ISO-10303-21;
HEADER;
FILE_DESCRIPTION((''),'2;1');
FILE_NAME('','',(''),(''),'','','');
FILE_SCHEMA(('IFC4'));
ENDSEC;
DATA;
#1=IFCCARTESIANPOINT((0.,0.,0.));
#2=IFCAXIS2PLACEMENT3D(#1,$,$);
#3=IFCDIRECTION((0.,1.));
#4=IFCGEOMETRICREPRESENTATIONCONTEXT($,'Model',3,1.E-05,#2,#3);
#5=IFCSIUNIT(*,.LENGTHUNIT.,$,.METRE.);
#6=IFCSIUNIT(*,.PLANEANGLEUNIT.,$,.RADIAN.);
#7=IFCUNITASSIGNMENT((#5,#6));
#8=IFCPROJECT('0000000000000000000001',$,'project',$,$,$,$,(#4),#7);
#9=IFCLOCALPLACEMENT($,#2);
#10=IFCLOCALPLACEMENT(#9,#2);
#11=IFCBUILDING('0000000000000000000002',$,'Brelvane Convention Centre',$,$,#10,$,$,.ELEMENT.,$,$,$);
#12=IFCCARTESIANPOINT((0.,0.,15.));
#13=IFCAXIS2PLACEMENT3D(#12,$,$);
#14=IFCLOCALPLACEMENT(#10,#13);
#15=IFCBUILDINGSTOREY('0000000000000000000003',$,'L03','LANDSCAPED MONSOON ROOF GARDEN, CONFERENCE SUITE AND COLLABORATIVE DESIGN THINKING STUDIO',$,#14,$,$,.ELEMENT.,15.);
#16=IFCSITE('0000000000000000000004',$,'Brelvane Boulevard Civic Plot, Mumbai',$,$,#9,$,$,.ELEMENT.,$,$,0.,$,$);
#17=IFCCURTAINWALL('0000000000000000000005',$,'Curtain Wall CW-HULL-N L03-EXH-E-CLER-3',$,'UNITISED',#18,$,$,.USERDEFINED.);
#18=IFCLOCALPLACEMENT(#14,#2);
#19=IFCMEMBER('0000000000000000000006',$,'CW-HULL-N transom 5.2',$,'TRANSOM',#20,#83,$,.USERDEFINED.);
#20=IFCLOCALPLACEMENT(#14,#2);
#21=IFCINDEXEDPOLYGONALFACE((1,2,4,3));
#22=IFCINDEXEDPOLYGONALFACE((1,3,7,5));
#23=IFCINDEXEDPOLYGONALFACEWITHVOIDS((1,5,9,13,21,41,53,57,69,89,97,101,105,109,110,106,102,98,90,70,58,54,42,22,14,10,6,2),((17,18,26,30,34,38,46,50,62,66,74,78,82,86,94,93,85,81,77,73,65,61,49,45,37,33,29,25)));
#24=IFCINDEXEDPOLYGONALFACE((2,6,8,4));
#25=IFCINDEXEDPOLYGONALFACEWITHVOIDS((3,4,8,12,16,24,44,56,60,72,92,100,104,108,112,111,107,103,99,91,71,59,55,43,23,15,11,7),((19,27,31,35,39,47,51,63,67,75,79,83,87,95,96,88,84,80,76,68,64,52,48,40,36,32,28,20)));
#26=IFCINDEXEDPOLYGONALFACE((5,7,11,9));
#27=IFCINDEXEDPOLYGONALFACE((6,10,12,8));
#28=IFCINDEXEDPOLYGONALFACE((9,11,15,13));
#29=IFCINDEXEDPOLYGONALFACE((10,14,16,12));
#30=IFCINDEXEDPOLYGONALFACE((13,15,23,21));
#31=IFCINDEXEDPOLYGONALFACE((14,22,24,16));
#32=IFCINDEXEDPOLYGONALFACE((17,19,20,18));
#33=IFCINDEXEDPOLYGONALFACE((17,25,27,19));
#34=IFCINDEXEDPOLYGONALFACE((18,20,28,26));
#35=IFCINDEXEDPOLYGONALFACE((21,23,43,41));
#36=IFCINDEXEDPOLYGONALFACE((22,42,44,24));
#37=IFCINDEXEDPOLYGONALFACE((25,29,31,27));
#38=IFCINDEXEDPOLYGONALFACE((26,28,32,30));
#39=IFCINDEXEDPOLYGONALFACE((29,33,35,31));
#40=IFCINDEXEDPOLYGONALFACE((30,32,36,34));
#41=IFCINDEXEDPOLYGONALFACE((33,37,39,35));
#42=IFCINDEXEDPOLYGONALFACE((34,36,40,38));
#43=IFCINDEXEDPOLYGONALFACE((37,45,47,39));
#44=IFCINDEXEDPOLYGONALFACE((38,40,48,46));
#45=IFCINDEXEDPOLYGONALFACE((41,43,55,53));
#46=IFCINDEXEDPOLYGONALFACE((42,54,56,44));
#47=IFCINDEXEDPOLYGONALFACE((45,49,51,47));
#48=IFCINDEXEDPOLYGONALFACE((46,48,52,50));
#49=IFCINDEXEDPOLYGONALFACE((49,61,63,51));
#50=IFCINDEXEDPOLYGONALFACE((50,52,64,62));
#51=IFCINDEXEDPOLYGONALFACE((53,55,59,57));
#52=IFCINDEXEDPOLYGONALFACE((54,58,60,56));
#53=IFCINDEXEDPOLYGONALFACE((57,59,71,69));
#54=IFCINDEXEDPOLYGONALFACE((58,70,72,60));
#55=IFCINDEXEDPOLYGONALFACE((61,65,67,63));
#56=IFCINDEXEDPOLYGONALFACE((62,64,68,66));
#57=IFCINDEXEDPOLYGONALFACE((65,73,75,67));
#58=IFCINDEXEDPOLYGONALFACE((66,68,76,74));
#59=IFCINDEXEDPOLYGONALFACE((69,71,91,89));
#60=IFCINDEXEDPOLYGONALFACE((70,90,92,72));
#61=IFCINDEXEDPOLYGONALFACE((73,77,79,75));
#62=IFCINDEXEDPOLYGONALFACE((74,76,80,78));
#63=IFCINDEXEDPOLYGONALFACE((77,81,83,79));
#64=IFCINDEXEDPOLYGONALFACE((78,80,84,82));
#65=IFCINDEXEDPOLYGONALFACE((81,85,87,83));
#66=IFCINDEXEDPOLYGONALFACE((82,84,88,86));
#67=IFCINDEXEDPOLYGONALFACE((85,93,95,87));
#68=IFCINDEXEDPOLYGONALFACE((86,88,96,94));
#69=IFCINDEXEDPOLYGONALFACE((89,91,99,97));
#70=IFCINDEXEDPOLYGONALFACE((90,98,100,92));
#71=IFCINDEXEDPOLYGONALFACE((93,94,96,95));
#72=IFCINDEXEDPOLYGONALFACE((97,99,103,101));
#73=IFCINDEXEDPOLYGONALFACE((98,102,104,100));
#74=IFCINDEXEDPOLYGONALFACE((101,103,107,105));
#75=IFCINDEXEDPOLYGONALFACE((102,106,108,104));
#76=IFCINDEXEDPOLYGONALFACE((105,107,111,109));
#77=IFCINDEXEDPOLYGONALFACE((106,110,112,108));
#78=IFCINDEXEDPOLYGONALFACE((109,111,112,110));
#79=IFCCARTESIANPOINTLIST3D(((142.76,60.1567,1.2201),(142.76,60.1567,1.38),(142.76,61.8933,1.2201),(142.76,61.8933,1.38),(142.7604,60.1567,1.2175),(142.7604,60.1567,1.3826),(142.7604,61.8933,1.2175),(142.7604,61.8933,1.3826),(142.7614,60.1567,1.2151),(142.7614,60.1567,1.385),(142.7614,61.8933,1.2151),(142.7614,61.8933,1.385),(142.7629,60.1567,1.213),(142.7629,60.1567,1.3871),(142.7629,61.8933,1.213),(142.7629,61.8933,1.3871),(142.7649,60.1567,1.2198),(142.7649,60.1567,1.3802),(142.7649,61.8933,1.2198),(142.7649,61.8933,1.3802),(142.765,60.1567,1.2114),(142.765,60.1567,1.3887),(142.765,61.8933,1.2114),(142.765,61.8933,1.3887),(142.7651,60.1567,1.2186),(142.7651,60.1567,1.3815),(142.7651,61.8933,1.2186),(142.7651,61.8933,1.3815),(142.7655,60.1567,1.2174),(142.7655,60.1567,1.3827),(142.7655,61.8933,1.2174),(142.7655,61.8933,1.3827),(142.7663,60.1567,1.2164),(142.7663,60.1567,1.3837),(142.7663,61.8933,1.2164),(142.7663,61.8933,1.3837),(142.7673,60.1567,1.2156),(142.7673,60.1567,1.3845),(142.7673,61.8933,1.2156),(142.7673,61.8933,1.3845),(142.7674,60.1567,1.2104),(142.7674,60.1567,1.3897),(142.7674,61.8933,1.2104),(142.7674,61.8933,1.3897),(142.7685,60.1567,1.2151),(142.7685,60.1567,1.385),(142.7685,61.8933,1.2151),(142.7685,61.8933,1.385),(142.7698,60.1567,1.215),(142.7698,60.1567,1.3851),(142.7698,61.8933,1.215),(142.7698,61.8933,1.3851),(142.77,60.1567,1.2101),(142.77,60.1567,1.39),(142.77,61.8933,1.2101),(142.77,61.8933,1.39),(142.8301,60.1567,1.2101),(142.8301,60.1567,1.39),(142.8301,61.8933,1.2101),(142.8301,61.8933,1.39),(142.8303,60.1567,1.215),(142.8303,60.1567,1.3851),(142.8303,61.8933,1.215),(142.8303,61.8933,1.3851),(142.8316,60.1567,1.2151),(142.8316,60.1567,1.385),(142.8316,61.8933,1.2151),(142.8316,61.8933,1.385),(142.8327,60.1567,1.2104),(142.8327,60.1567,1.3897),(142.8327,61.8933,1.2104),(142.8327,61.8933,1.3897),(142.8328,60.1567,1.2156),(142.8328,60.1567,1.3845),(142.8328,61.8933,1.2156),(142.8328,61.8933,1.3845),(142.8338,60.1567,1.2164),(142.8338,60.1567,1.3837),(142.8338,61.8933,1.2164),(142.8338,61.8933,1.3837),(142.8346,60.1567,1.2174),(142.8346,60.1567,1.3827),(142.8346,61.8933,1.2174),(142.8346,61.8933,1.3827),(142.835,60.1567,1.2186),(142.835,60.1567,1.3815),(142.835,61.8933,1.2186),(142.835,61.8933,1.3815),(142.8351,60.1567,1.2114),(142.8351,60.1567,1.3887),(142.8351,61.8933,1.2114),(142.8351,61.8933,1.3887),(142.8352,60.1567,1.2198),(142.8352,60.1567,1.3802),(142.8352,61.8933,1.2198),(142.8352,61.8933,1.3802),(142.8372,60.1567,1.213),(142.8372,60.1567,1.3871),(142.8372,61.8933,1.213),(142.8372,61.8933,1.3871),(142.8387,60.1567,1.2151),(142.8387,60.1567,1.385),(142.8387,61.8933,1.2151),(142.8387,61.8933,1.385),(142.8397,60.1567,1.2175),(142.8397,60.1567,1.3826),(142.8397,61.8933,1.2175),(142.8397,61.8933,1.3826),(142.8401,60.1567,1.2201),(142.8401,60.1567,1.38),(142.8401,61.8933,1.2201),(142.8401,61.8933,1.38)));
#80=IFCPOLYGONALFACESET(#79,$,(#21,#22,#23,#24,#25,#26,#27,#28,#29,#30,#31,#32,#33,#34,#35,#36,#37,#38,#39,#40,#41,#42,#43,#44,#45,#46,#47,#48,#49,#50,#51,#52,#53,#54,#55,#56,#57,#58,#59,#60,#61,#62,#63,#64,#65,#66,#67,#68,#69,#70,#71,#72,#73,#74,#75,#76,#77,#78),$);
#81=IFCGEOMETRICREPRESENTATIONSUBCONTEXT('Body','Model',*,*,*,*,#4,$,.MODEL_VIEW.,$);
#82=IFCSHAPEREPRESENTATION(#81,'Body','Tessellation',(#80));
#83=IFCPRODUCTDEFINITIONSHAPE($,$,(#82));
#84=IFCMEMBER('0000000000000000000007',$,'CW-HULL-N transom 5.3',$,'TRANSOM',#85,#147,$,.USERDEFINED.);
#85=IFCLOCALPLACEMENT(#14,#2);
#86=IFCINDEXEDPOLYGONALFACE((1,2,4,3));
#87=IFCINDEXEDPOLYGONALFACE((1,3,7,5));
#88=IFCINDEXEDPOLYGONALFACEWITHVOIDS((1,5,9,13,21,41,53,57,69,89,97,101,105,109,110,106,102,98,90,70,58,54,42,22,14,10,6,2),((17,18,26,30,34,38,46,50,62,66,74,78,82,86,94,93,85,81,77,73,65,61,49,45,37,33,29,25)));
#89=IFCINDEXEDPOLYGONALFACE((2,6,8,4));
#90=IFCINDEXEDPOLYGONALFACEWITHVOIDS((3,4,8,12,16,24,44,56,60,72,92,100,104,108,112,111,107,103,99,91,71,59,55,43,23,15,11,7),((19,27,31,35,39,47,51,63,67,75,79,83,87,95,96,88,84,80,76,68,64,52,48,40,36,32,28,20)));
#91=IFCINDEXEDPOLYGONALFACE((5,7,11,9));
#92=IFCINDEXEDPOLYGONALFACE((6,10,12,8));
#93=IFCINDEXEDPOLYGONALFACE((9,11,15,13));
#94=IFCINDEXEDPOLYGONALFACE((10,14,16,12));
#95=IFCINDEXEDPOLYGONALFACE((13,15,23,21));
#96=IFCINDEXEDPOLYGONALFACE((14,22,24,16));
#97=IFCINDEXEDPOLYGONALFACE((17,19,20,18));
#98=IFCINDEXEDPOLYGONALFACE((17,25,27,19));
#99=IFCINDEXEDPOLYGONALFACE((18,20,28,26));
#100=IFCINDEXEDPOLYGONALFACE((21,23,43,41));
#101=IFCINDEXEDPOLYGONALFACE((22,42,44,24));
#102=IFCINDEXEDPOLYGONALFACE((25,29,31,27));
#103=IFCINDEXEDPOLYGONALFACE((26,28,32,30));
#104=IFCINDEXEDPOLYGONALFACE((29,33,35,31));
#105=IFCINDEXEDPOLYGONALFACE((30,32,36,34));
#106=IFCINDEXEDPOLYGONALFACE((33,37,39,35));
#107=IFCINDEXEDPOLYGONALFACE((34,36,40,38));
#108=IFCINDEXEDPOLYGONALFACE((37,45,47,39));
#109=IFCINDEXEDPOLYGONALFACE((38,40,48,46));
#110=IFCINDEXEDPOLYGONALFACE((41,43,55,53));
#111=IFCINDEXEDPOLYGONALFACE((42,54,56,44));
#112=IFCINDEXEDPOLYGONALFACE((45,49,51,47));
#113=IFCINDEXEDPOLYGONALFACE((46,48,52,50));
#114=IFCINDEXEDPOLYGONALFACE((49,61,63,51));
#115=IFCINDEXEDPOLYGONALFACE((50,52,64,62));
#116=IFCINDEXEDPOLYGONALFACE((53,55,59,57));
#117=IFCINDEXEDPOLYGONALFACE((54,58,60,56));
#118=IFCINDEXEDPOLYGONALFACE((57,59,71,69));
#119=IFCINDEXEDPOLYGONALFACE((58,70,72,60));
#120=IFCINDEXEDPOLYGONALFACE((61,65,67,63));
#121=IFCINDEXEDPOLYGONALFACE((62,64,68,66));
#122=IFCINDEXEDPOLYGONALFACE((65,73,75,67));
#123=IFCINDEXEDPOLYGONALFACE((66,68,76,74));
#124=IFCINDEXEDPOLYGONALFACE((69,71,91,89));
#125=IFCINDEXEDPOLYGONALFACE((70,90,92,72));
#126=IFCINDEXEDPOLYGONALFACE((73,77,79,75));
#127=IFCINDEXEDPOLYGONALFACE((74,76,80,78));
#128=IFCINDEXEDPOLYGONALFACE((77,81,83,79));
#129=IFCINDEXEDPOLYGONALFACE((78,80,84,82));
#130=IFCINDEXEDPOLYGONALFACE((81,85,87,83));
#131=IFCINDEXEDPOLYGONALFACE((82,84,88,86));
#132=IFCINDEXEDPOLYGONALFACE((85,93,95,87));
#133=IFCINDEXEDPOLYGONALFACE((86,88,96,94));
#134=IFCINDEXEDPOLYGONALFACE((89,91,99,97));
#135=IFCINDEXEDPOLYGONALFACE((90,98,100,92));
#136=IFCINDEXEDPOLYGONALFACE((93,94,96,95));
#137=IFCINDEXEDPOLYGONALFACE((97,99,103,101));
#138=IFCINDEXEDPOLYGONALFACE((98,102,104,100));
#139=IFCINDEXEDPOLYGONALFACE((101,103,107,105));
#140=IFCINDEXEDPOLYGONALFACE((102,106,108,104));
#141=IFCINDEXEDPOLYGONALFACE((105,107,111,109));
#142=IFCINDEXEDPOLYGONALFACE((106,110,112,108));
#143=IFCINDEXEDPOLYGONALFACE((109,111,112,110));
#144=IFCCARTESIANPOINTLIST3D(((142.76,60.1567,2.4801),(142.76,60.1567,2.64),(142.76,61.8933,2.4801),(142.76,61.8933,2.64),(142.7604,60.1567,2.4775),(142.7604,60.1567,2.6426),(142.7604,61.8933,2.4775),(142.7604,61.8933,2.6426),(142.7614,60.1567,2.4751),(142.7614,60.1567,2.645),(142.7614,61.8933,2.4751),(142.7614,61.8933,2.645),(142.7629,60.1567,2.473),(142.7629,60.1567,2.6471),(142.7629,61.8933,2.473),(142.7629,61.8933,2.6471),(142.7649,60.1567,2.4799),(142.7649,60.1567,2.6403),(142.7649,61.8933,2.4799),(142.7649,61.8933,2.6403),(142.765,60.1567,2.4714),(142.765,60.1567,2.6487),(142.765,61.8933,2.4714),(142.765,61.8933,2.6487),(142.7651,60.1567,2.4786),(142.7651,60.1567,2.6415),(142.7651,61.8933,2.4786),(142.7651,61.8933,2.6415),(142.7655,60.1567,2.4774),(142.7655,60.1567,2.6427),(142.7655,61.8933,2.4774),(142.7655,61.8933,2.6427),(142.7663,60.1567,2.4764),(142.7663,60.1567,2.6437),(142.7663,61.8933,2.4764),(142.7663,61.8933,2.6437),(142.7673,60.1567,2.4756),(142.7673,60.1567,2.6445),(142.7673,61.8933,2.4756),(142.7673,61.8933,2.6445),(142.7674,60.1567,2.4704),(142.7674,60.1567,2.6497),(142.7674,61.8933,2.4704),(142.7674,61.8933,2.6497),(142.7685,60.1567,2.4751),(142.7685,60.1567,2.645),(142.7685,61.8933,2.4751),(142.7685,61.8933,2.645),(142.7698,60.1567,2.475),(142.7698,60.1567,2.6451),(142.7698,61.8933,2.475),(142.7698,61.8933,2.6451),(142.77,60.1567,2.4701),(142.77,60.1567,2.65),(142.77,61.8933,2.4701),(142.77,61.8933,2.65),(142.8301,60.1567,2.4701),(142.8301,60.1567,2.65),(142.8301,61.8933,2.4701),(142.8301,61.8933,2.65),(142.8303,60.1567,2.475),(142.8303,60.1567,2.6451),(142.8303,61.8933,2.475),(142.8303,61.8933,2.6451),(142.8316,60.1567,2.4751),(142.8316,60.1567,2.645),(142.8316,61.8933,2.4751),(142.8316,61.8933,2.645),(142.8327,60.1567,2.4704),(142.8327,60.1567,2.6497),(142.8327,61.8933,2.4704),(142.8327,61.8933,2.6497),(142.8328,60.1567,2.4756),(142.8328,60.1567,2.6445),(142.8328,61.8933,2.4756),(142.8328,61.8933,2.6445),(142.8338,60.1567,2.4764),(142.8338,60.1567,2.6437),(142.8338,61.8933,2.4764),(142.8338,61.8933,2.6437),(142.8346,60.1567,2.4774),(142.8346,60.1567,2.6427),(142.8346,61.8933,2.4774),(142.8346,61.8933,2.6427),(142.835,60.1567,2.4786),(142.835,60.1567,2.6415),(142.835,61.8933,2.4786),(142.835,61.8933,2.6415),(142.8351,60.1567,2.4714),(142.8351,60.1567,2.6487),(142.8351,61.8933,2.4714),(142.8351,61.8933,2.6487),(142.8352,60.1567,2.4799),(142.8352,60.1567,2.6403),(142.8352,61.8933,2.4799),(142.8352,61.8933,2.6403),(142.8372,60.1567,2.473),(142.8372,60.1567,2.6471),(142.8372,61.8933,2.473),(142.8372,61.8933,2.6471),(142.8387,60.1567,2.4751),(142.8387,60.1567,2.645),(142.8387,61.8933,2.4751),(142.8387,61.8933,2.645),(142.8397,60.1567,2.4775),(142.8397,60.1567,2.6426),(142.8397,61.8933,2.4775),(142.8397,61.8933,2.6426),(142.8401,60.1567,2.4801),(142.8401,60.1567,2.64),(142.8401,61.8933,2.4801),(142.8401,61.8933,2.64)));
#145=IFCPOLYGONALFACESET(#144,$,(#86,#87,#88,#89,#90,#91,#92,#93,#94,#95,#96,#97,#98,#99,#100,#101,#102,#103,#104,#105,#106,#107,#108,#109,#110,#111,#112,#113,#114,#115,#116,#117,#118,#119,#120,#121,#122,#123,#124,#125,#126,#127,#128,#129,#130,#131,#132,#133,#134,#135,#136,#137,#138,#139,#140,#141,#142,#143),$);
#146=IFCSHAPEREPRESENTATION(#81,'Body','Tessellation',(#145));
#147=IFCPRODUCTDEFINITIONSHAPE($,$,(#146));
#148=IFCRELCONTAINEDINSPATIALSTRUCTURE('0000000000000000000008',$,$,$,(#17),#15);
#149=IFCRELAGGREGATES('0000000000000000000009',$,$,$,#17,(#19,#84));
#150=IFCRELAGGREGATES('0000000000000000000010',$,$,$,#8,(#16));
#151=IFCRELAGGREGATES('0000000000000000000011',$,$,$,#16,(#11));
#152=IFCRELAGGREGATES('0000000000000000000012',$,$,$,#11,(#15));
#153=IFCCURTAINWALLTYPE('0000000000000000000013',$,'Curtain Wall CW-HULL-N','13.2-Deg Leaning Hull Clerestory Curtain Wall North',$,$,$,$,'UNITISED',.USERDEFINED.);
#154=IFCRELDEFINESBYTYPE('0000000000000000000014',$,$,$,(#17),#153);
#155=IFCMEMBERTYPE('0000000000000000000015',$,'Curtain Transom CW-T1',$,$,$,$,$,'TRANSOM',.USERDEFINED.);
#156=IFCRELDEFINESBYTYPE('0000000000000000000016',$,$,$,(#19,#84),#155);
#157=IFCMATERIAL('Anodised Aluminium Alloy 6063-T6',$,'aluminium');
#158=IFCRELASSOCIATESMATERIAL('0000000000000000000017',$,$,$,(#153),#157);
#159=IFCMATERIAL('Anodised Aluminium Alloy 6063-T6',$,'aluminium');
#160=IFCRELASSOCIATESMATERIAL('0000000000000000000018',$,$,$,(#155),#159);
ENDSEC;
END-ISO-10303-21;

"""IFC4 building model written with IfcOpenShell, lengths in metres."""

from ifc_helpers import new_model, si_unit, direction, frame, origin, origin_2d, place, context, subcontext, project, spatial, hollow_rectangle, extrude, material, material_profile, profile_set, type_object, element, aggregate, save


model = new_model("IFC4")

# Units and contexts
model_context = context("Model", 3, precision=1e-05, world=origin(), true_north=direction((0.0, 1.0)))
body_context = subcontext(model_context, "Body", "Model", "MODEL_VIEW")
ifc_project = project(units=[si_unit("LENGTHUNIT", "METRE"), si_unit("PLANEANGLEUNIT", "RADIAN")], contexts=[model_context])

# Site, building, storey
site_placement = place(None, origin())
site = spatial("IfcSite", under=ifc_project, at=site_placement, Name="Brelvane Boulevard Civic Plot, Mumbai", CompositionType="ELEMENT", RefElevation=0.0)
building_placement = place(site_placement, origin())
building = spatial("IfcBuilding", under=site, at=building_placement, Name="Brelvane Convention Centre", CompositionType="ELEMENT")
storey_placement = place(building_placement, frame((0.0, 0.0, 15.0)))
storey = spatial("IfcBuildingStorey", under=building, at=storey_placement, Name="L03", Description="LANDSCAPED MONSOON ROOF GARDEN, CONFERENCE SUITE AND COLLABORATIVE DESIGN THINKING STUDIO", CompositionType="ELEMENT", Elevation=15.0)

# Curtain wall
ifc_material_1 = material(Name="Anodised Aluminium Alloy 6063-T6", Category="aluminium")
curtain_wall_type = type_object("IfcCurtainWallType", Name="Curtain Wall CW-HULL-N", Description="13.2-Deg Leaning Hull Clerestory Curtain Wall North", ElementType="UNITISED", PredefinedType="USERDEFINED", material=ifc_material_1)
curtain_wall_1_placement = place(storey_placement, origin())
curtain_wall_1 = element("IfcCurtainWall", 1, at=curtain_wall_1_placement, inside=storey, type_object=curtain_wall_type, Name="Curtain Wall CW-HULL-N L03-EXH-E-CLER-3", ObjectType="UNITISED", PredefinedType="USERDEFINED")

# Members
ifc_material_2 = material(Name="Anodised Aluminium Alloy 6063-T6", Category="aluminium")
ifc_material_profile_1 = material_profile(ifc_material_2, hollow_rectangle(XDim=0.0801, YDim=0.1799, WallThickness=0.0049, InnerFilletRadius=0.0049, OuterFilletRadius=0.01, at=origin_2d()), Name="ALU-T 180x80x5.0")
ifc_profile_set_1 = profile_set([ifc_material_profile_1], Name="Anodised Aluminium Alloy 6063-T6")
member_type_1 = type_object("IfcMemberType", Name="Curtain Transom CW-T1", ElementType="TRANSOM", PredefinedType="USERDEFINED", material=ifc_profile_set_1)
member_1_placement = place(storey_placement, frame((142.8, 60.1567, 1.3), z_axis=(0.0, 1.0, 0.0), x_axis=(-1.0, 0.0, 0.0)))
member_1 = element("IfcMember", 2, at=member_1_placement, type_object=member_type_1, Name="CW-HULL-N transom 5.2", ObjectType="TRANSOM", PredefinedType="USERDEFINED", context=body_context, shape_type="SweptSolid", body=[
    extrude(hollow_rectangle(XDim=0.0801, YDim=0.1799, WallThickness=0.0049, InnerFilletRadius=0.0049, OuterFilletRadius=0.01, at=origin_2d()), origin(), (0.0, 0.0, 1.0), 1.7366),
])
member_2_placement = place(storey_placement, frame((142.8, 60.1567, 2.5601), z_axis=(0.0, 1.0, 0.0), x_axis=(-1.0, 0.0, 0.0)))
member_2 = element("IfcMember", 3, at=member_2_placement, type_object=member_type_1, Name="CW-HULL-N transom 5.3", ObjectType="TRANSOM", PredefinedType="USERDEFINED", context=body_context, shape_type="SweptSolid", body=[
    extrude(hollow_rectangle(XDim=0.0801, YDim=0.1799, WallThickness=0.0049, InnerFilletRadius=0.0049, OuterFilletRadius=0.01, at=origin_2d()), origin(), (0.0, 0.0, 1.0), 1.7366),
])

aggregate(curtain_wall_1, [member_1, member_2])

save(model, "model.ifc")
